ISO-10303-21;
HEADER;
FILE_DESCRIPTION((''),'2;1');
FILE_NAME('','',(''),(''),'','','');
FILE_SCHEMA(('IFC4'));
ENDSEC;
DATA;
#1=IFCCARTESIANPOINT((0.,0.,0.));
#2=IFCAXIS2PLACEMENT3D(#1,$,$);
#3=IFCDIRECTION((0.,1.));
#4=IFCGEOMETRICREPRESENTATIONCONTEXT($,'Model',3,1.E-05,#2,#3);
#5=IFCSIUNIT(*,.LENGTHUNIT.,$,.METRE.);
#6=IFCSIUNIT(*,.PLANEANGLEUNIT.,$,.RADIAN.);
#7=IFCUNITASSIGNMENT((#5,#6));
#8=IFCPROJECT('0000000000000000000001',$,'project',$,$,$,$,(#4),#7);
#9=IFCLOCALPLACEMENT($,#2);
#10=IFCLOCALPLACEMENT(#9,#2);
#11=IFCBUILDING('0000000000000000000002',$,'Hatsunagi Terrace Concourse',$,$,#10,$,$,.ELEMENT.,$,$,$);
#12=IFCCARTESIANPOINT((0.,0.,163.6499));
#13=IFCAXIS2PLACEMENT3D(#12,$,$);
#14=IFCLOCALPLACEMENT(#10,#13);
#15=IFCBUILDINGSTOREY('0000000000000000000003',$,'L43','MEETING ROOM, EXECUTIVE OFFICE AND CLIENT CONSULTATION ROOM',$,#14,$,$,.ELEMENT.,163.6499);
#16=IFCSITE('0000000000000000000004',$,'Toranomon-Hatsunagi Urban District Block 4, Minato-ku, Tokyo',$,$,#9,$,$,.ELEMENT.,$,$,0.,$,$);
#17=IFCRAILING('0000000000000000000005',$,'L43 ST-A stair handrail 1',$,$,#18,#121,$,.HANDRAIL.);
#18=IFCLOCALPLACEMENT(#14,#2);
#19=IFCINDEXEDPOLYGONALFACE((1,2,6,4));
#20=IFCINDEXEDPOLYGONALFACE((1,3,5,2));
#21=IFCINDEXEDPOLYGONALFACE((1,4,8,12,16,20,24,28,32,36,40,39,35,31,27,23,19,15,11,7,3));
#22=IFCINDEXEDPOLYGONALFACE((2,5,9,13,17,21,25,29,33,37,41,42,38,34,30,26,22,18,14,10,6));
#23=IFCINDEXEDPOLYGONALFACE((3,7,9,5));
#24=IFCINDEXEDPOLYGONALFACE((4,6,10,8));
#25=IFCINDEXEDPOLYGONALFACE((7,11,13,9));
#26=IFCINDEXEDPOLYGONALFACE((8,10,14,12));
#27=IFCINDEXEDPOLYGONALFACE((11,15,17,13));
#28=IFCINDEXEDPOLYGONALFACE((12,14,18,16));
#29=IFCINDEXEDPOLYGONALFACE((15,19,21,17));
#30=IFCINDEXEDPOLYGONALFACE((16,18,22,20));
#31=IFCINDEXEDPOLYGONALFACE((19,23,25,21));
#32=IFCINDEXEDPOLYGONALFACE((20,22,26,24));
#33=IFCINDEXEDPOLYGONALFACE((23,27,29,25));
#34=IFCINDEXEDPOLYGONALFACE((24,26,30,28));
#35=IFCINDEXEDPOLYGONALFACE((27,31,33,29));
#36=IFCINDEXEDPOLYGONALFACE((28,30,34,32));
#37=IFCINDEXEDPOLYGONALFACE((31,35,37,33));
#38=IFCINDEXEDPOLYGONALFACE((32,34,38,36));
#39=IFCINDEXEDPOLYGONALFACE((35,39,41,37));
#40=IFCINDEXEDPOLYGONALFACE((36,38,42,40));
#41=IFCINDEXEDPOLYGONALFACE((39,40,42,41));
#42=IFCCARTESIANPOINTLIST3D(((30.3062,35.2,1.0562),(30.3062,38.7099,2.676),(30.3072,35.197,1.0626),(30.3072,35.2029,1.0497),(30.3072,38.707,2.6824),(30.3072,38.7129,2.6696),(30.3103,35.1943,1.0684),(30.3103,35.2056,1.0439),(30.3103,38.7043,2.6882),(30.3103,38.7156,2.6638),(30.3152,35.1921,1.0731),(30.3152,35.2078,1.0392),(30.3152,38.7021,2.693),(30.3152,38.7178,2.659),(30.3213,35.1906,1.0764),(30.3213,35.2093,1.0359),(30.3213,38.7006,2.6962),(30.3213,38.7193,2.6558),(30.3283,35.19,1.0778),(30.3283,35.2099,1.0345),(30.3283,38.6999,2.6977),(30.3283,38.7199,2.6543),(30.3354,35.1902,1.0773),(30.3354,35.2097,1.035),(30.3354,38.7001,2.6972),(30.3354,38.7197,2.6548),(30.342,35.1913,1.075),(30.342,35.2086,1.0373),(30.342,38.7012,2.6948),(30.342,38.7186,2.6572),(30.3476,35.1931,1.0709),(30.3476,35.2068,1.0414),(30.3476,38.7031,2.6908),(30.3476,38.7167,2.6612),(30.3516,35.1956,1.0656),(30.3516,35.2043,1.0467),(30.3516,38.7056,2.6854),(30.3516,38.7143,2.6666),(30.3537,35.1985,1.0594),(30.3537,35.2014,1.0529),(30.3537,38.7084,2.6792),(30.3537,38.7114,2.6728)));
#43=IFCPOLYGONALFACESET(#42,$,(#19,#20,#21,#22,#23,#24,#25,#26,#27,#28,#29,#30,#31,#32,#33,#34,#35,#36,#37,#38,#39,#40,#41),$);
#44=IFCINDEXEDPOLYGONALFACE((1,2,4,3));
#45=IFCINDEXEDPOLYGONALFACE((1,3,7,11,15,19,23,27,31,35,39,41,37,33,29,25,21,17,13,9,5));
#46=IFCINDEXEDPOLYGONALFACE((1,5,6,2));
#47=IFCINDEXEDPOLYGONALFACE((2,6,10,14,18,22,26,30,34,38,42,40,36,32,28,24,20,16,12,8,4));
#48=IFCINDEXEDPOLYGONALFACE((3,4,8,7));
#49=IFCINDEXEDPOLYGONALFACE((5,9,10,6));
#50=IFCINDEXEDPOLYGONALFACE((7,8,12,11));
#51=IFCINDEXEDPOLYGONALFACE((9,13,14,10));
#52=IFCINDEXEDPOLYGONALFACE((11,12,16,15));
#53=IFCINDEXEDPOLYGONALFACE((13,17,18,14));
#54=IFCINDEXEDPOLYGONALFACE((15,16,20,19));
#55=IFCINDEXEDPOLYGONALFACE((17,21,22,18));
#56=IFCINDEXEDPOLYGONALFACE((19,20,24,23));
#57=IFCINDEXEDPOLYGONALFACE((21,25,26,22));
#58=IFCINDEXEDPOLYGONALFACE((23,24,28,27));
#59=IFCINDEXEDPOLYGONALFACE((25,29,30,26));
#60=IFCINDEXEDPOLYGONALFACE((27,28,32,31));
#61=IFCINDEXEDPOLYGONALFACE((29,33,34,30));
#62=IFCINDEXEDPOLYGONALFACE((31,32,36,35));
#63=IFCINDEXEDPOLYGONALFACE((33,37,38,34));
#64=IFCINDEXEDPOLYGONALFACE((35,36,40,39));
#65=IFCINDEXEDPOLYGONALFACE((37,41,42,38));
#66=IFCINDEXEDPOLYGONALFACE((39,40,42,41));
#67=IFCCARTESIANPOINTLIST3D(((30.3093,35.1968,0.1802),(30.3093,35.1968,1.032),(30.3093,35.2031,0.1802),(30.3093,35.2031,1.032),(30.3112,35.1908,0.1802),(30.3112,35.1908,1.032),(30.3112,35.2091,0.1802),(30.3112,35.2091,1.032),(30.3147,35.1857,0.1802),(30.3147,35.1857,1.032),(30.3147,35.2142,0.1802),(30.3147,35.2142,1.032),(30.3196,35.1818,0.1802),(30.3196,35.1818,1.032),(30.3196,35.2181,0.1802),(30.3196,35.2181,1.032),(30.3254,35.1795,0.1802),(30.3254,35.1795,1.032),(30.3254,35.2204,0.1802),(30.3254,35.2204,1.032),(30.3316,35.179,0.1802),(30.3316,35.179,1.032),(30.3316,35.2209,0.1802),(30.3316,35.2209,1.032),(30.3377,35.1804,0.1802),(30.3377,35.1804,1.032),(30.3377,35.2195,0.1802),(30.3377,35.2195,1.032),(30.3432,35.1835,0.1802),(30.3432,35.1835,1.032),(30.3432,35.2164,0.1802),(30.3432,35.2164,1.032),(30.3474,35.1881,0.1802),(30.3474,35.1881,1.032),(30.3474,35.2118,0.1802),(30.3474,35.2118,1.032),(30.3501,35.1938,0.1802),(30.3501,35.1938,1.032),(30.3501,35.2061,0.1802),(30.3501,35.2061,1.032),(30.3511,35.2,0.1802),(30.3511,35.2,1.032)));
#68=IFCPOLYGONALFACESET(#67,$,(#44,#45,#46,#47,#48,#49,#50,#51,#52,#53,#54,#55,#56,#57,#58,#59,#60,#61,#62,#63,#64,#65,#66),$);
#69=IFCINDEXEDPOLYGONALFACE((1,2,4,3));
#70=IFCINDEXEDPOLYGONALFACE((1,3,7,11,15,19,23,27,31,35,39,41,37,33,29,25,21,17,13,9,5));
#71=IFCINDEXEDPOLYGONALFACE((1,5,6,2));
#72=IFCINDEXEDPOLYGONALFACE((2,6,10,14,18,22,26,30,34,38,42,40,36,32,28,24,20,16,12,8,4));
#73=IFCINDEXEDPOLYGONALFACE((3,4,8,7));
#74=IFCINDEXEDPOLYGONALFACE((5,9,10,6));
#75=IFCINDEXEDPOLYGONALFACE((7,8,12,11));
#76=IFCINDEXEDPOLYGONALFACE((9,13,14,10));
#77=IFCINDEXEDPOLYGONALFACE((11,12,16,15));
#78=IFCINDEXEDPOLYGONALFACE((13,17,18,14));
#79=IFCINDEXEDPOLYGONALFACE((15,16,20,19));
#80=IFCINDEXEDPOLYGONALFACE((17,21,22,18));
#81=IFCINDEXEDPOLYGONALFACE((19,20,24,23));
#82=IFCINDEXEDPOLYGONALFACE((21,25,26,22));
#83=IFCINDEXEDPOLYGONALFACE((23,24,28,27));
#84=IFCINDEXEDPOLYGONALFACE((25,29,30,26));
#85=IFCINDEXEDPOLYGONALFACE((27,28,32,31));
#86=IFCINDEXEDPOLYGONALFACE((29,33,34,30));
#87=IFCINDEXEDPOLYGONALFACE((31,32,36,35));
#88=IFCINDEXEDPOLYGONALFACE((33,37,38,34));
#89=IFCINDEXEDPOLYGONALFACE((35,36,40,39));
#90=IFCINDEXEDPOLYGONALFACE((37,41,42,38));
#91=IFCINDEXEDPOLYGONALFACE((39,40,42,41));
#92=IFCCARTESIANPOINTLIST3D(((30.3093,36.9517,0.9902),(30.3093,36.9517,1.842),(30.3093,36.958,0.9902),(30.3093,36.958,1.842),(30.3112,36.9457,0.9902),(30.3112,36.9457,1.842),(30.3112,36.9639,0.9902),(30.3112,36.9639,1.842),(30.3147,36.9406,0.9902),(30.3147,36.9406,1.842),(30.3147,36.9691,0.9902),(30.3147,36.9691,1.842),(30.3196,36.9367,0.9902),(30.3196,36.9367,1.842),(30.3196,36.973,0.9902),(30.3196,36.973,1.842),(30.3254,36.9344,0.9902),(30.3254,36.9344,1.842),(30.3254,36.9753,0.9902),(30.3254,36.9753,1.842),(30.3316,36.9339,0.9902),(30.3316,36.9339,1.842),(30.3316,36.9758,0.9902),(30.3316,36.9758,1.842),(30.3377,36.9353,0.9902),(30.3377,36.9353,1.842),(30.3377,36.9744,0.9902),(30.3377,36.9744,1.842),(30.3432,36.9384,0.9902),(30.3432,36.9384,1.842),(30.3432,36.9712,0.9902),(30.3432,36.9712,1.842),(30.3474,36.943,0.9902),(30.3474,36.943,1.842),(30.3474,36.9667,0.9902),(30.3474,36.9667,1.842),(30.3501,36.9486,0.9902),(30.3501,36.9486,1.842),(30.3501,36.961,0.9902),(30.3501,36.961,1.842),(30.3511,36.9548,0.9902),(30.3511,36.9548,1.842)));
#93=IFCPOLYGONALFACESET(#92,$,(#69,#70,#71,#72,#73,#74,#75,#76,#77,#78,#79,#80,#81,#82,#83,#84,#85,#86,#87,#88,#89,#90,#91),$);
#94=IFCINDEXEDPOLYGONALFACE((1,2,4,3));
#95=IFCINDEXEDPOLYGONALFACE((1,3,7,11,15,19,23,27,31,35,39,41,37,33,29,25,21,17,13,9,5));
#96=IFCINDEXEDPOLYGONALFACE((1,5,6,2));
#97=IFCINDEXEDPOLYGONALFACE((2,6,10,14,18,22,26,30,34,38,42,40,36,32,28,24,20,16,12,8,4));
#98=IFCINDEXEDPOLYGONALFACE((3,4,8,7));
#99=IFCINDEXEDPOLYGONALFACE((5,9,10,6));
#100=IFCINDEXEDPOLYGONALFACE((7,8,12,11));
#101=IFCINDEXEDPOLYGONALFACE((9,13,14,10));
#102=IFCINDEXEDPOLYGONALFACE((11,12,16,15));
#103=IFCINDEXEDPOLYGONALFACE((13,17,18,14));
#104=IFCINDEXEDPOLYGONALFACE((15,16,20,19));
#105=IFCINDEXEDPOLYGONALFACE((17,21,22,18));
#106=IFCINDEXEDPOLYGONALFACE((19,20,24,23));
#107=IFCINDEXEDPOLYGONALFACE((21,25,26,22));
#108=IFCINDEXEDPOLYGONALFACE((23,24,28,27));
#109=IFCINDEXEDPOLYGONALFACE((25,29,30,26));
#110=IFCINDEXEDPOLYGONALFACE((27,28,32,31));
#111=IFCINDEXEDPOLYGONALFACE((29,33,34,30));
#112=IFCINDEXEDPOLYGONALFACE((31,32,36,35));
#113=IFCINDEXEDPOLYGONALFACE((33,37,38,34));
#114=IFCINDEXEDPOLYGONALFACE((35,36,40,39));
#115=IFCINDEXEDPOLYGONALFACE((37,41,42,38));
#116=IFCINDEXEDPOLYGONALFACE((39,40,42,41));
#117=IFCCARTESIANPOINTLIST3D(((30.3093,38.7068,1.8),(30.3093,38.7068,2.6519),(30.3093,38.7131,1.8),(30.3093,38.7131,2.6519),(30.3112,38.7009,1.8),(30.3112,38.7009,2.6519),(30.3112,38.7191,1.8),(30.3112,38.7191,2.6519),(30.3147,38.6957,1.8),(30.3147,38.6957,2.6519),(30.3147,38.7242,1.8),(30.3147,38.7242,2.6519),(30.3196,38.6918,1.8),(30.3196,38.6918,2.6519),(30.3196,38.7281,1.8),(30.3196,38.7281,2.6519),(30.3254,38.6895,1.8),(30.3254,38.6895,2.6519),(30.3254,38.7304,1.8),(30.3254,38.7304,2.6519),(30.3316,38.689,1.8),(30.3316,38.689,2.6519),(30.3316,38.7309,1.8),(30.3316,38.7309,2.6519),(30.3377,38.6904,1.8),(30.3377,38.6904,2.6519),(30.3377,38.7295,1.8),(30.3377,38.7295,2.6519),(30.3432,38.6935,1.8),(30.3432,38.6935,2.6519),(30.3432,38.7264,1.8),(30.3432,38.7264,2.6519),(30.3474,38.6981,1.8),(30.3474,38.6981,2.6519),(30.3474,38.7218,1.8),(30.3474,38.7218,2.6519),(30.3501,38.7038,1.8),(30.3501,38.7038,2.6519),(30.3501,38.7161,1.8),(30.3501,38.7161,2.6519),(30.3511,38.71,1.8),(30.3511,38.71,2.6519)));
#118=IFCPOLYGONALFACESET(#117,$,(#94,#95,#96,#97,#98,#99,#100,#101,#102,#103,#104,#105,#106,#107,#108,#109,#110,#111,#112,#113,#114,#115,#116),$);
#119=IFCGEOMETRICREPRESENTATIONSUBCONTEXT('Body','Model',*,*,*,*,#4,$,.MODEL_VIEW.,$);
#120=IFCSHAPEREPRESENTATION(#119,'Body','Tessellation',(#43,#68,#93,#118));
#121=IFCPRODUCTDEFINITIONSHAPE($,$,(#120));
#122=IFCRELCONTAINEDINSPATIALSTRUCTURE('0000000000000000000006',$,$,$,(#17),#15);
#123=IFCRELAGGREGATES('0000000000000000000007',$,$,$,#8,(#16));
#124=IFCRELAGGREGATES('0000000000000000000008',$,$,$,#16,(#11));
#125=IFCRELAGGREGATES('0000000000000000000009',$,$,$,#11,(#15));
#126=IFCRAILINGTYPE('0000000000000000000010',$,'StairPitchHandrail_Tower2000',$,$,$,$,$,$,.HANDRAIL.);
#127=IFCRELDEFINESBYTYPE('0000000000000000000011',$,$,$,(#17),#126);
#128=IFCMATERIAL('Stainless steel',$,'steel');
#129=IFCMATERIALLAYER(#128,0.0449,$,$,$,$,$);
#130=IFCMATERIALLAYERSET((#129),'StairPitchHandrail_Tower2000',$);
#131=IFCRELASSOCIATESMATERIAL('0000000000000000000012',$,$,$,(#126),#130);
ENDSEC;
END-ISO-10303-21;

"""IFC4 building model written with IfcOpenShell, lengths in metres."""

from ifc_helpers import new_model, si_unit, direction, frame, origin, origin_2d, place, context, subcontext, project, spatial, circle, extrude, material, layer, layer_set, type_object, element, save


model = new_model("IFC4")

# Units and contexts
model_context = context("Model", 3, precision=1e-05, world=origin(), true_north=direction((0.0, 1.0)))
body_context = subcontext(model_context, "Body", "Model", "MODEL_VIEW")
ifc_project = project(units=[si_unit("LENGTHUNIT", "METRE"), si_unit("PLANEANGLEUNIT", "RADIAN")], contexts=[model_context])

# Site, building, storey
site_placement = place(None, origin())
site = spatial("IfcSite", under=ifc_project, at=site_placement, Name="Toranomon-Hatsunagi Urban District Block 4, Minato-ku, Tokyo", CompositionType="ELEMENT", RefElevation=0.0)
building_placement = place(site_placement, origin())
building = spatial("IfcBuilding", under=site, at=building_placement, Name="Hatsunagi Terrace Concourse", CompositionType="ELEMENT")
storey_placement = place(building_placement, frame((0.0, 0.0, 163.6499)))
storey = spatial("IfcBuildingStorey", under=building, at=storey_placement, Name="L43", Description="MEETING ROOM, EXECUTIVE OFFICE AND CLIENT CONSULTATION ROOM", CompositionType="ELEMENT", Elevation=163.6499)

# Railing
ifc_material_1 = material(Name="Stainless steel", Category="steel")
ifc_layer_1 = layer(ifc_material_1, 0.0449)
ifc_layer_set_1 = layer_set([ifc_layer_1], Name="StairPitchHandrail_Tower2000")
railing_type_1 = type_object("IfcRailingType", Name="StairPitchHandrail_Tower2000", PredefinedType="HANDRAIL", material=ifc_layer_set_1)
railing_1_placement = place(storey_placement, frame((30.3301, 35.2, 0.1802)))
element("IfcRailing", 1, at=railing_1_placement, inside=storey, type_object=railing_type_1, Name="L43 ST-A stair handrail 1", PredefinedType="HANDRAIL", context=body_context, shape_type="SweptSolid", body=[
    extrude(circle(Radius=0.0239, at=origin_2d()), frame((0.0, 0.0, 0.876), z_axis=(0.0, 0.907972, 0.41903), x_axis=(-1.0, 0.0, 0.0)), (0.0, 0.0, 1.0), 3.8657),
    extrude(circle(Radius=0.021, at=origin_2d()), origin(), (0.0, 0.0, 1.0), 0.8518),
    extrude(circle(Radius=0.021, at=origin_2d()), frame((0.0, 1.7549, 0.8101)), (0.0, 0.0, 1.0), 0.8518),
    extrude(circle(Radius=0.021, at=origin_2d()), frame((0.0, 3.51, 1.6199)), (0.0, 0.0, 1.0), 0.8518),
])

save(model, "model.ifc")
